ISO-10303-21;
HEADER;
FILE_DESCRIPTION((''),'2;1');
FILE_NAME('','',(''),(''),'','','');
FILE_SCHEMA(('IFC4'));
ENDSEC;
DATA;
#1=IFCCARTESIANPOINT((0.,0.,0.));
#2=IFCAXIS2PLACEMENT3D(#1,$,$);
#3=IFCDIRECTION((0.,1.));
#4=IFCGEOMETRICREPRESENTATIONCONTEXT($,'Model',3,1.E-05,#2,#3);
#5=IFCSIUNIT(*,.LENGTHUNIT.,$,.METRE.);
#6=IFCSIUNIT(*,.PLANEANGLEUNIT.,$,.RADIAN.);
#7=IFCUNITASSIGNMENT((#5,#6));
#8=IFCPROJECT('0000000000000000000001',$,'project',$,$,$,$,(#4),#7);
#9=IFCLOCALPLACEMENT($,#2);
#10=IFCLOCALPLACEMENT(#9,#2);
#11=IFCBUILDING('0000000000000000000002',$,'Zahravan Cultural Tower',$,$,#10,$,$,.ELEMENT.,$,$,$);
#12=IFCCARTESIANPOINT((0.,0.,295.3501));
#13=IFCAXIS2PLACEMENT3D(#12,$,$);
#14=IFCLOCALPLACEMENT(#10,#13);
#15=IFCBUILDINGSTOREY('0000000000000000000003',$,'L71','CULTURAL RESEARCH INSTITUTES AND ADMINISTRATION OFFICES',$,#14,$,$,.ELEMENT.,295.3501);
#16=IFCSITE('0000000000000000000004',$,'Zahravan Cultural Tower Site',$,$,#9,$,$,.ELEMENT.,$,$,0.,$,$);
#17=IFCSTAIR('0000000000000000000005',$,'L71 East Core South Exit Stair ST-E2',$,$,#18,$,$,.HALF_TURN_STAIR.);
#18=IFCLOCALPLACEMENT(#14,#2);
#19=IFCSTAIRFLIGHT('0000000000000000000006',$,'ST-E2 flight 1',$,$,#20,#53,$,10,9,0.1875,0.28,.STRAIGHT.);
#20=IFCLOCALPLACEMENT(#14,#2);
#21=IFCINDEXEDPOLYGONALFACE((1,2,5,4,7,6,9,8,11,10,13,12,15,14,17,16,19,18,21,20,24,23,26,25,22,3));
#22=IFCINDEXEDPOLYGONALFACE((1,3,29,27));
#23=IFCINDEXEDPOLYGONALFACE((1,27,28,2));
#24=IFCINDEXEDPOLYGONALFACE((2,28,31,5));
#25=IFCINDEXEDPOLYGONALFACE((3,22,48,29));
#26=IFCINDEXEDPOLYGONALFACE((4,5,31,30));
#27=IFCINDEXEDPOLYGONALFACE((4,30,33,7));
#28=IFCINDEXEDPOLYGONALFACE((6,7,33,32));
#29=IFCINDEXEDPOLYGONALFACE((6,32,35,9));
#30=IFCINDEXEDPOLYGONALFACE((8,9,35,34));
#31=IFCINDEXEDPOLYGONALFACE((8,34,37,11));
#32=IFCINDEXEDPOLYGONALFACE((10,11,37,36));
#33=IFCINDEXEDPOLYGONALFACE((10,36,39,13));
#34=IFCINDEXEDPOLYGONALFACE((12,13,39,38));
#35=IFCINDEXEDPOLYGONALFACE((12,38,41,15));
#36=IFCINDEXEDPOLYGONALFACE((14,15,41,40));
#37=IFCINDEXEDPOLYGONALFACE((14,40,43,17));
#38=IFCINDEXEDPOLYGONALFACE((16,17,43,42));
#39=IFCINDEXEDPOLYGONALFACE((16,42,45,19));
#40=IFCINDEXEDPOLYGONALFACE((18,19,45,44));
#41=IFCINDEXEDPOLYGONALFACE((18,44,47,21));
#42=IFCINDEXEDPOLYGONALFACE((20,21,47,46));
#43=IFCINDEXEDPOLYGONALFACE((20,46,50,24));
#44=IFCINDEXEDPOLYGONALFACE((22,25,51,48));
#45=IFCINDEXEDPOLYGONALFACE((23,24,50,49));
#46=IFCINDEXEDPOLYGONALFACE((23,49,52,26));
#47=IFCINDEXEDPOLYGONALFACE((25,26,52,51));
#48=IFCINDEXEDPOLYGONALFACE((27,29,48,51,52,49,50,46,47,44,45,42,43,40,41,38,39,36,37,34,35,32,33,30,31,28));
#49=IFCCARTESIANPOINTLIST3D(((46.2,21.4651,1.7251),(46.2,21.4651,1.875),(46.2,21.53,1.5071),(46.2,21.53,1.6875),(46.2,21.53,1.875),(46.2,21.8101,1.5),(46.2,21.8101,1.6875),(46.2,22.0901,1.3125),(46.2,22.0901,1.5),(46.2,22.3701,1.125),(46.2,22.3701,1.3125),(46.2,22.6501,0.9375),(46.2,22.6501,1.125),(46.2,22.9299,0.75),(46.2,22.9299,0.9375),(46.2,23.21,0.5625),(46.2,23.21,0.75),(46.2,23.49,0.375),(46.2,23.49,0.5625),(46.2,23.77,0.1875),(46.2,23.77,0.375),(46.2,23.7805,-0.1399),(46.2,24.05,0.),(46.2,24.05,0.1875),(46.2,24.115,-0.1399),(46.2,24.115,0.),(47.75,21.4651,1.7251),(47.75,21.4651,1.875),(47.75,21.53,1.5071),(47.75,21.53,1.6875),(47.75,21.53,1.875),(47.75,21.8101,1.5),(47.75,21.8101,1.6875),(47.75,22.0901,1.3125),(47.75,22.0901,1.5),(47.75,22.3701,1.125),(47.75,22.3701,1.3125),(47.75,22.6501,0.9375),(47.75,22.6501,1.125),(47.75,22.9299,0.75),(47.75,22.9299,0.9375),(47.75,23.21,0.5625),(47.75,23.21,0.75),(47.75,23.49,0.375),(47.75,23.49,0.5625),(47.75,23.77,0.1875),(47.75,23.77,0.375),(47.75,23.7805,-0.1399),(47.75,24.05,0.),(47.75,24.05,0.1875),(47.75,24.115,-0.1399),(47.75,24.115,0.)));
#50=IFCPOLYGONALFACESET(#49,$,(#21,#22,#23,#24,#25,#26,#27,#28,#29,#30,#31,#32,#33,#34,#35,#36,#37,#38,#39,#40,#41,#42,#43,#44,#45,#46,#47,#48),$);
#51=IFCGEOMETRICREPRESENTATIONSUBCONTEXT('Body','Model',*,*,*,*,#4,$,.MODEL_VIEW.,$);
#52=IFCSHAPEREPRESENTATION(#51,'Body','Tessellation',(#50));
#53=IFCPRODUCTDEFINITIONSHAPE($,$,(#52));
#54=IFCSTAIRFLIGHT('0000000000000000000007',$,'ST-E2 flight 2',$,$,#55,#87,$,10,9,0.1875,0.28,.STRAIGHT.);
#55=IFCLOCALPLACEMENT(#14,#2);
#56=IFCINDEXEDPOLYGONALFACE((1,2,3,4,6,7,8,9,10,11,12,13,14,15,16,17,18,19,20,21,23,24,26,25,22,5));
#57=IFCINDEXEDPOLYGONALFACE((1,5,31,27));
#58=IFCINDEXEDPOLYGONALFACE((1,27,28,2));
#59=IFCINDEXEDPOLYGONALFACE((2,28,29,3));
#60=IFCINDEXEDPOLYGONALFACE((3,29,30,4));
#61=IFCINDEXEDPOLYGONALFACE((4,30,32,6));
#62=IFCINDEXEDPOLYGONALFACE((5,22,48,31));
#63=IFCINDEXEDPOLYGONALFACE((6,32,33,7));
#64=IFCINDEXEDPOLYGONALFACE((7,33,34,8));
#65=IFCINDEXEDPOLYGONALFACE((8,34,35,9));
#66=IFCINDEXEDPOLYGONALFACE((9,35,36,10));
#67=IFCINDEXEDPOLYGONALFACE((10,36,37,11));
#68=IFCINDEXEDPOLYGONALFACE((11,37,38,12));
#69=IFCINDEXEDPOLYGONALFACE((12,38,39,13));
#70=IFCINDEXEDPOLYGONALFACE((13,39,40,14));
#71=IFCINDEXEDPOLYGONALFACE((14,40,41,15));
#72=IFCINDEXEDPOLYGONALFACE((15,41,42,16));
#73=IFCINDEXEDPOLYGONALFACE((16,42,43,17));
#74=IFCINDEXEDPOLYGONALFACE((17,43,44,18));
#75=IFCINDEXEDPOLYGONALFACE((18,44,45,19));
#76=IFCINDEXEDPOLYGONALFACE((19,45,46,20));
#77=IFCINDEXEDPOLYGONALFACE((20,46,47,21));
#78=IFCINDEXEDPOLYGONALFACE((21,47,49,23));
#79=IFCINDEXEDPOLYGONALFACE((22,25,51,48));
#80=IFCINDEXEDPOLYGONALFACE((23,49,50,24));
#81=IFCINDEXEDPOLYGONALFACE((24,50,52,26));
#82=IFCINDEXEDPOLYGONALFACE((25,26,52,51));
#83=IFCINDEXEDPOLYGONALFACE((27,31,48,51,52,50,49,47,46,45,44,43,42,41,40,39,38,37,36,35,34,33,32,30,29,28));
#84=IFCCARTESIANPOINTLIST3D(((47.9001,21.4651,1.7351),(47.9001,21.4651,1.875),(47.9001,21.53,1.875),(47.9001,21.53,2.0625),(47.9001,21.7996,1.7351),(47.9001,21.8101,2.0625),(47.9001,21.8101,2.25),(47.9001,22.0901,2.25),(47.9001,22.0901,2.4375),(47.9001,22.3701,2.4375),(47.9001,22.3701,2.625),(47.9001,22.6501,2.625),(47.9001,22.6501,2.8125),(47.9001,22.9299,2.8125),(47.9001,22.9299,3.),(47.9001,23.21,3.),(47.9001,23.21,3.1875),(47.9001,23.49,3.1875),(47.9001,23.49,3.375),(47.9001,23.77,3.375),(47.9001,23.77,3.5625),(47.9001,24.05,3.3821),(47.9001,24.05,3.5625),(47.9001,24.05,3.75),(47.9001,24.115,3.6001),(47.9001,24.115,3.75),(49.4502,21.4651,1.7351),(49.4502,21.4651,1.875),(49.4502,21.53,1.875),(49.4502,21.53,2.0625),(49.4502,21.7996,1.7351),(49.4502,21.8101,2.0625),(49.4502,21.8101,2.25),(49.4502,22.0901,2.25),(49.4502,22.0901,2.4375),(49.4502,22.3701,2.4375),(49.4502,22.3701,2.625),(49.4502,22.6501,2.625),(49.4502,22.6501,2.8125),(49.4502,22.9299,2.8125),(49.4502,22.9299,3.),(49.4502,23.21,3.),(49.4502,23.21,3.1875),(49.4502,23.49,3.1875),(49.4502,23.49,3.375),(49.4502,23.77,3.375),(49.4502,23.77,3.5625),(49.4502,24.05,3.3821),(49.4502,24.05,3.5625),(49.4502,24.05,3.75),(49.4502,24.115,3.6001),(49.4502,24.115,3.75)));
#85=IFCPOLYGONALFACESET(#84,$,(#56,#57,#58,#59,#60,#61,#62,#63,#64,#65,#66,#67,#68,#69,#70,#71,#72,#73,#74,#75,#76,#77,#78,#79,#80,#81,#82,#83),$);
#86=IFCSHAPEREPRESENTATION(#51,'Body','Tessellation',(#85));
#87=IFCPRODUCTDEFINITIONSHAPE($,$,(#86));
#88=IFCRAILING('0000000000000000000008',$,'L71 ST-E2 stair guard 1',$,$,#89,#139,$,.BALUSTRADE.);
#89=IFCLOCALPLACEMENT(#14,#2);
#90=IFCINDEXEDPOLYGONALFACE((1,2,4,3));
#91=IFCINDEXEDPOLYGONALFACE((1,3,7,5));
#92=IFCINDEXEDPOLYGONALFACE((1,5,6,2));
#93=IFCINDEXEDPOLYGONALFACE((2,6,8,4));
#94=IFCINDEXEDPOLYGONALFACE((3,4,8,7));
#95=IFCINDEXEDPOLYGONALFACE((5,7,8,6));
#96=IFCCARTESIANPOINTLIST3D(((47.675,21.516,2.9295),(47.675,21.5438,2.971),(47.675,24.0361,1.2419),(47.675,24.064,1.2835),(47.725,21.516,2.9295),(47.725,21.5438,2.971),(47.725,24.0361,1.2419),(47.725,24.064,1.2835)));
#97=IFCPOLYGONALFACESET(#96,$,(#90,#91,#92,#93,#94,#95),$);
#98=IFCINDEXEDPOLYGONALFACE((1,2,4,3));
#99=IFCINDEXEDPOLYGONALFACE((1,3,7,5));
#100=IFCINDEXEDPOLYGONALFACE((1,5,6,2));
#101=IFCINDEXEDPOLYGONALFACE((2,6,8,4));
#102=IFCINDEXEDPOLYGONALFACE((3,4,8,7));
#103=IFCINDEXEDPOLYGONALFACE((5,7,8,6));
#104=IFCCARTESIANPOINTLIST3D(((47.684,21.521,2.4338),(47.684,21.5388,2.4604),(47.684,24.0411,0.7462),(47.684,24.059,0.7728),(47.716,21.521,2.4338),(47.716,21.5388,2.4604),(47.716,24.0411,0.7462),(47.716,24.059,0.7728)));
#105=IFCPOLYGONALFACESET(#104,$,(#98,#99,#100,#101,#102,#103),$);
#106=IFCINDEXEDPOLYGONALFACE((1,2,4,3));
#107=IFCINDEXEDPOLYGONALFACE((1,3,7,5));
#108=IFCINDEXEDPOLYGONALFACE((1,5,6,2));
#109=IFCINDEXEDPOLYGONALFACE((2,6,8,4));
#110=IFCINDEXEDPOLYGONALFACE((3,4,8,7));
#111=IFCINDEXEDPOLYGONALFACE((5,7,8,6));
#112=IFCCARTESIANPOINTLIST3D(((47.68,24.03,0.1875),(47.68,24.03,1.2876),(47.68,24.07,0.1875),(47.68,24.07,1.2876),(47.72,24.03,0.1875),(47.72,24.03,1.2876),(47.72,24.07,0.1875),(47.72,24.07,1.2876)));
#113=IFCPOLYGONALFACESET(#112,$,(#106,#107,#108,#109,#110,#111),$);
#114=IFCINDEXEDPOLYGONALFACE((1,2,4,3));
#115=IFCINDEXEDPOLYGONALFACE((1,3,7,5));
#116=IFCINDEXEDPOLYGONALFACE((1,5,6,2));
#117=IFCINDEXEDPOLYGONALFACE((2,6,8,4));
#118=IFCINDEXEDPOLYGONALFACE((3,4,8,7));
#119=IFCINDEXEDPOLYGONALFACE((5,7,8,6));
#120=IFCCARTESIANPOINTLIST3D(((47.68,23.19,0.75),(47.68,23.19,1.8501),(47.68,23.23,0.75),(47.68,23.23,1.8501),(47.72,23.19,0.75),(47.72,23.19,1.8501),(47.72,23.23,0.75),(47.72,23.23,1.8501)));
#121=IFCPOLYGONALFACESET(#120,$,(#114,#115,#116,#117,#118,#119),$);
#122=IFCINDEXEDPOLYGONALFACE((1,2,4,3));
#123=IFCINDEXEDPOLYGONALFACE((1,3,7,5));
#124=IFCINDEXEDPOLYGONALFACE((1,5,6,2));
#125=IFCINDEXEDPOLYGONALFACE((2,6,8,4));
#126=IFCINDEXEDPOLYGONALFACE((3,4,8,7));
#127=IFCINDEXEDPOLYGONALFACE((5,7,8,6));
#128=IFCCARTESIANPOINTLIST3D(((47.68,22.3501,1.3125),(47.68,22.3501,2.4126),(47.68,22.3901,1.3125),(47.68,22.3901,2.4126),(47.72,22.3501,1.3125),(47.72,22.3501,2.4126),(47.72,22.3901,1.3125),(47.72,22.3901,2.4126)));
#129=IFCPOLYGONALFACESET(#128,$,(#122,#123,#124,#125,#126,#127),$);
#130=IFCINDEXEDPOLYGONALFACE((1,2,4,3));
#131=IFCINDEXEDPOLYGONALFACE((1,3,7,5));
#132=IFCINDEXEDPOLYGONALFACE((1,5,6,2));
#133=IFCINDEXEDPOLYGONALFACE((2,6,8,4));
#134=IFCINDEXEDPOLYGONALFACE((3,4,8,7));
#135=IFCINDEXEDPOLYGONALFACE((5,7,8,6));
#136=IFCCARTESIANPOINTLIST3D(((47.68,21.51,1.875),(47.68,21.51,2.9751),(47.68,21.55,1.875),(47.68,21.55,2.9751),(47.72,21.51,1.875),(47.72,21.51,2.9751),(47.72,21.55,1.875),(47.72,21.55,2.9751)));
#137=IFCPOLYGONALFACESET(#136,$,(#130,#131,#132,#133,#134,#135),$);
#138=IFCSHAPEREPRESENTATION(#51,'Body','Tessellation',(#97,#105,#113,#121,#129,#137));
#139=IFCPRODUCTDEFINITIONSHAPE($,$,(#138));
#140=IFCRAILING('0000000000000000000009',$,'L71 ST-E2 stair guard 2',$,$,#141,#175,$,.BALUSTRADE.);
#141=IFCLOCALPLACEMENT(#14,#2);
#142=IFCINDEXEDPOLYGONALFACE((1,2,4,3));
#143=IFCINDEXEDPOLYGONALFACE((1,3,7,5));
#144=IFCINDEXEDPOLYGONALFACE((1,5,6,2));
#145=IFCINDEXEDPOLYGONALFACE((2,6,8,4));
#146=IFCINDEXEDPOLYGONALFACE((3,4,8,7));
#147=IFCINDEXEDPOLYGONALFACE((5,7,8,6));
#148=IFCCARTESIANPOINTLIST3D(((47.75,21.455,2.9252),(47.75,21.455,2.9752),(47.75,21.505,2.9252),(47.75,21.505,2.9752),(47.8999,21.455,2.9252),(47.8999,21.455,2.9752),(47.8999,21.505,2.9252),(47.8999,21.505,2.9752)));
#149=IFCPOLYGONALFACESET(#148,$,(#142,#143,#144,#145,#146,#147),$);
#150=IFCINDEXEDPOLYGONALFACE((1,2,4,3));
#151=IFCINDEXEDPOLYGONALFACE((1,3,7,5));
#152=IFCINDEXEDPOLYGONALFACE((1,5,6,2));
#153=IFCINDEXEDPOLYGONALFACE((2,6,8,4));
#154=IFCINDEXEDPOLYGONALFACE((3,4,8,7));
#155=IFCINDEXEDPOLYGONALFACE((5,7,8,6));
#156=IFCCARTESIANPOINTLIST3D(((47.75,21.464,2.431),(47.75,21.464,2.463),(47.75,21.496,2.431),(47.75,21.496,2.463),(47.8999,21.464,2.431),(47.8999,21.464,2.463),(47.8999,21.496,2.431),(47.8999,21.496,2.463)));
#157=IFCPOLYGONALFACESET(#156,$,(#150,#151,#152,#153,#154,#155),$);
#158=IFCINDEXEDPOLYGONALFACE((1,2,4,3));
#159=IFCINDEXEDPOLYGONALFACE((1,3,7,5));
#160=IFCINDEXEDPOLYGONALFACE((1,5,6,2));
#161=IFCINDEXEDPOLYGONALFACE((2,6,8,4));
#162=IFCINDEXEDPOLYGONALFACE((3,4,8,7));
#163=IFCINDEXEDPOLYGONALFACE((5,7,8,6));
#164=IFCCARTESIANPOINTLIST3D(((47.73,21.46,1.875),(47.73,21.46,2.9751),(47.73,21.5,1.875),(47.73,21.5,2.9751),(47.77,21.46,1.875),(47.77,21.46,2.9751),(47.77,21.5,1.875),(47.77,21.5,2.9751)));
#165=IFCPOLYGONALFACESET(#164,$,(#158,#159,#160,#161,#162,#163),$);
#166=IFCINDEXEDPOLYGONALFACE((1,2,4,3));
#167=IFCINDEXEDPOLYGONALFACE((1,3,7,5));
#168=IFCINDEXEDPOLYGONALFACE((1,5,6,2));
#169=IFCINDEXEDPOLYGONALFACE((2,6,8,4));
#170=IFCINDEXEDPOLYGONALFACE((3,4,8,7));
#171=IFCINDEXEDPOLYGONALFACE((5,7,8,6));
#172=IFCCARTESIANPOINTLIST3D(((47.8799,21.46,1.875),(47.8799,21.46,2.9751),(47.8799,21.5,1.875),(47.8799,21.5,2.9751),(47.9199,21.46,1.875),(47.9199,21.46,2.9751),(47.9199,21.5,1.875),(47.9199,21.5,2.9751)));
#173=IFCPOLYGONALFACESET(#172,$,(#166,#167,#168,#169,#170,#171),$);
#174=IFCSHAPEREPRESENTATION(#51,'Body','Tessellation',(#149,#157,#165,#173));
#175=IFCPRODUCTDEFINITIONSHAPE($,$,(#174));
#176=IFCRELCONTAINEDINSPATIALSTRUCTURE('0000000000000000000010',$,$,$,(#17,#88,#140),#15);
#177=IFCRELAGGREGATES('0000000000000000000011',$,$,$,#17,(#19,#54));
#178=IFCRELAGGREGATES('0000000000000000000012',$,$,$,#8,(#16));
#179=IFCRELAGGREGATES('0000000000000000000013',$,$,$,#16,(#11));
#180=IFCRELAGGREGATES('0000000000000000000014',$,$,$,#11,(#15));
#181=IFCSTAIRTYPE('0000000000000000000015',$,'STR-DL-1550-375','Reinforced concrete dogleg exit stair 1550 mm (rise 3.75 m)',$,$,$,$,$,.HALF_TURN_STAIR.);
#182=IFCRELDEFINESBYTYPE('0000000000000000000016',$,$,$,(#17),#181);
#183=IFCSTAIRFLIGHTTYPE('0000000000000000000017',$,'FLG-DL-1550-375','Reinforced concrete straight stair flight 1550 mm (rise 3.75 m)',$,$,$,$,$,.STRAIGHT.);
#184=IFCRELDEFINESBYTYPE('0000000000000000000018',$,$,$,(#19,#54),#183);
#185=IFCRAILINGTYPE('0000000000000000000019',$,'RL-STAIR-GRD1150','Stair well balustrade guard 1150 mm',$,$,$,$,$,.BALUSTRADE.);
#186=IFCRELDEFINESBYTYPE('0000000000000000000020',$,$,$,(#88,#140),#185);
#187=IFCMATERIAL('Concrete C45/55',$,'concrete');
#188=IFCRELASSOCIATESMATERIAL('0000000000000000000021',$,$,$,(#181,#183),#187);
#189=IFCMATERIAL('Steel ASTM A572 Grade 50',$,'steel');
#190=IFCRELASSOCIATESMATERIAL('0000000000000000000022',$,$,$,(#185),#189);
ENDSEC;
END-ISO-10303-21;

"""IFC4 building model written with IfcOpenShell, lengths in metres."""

from ifc_helpers import new_model, si_unit, direction, frame, origin, origin_2d, place, context, subcontext, project, spatial, polyline, rectangle, outline, extrude, material, type_object, element, aggregate, save


model = new_model("IFC4")

# Units and contexts
model_context = context("Model", 3, precision=1e-05, world=origin(), true_north=direction((0.0, 1.0)))
body_context = subcontext(model_context, "Body", "Model", "MODEL_VIEW")
ifc_project = project(units=[si_unit("LENGTHUNIT", "METRE"), si_unit("PLANEANGLEUNIT", "RADIAN")], contexts=[model_context])

# Site, building, storey
site_placement = place(None, origin())
site = spatial("IfcSite", under=ifc_project, at=site_placement, Name="Zahravan Cultural Tower Site", CompositionType="ELEMENT", RefElevation=0.0)
building_placement = place(site_placement, origin())
building = spatial("IfcBuilding", under=site, at=building_placement, Name="Zahravan Cultural Tower", CompositionType="ELEMENT")
storey_placement = place(building_placement, frame((0.0, 0.0, 295.3501)))
storey = spatial("IfcBuildingStorey", under=building, at=storey_placement, Name="L71", Description="CULTURAL RESEARCH INSTITUTES AND ADMINISTRATION OFFICES", CompositionType="ELEMENT", Elevation=295.3501)

# Shared definitions
ifc_material_1 = material(Name="Steel ASTM A572 Grade 50", Category="steel")

# Shared definitions
ifc_material_2 = material(Name="Concrete C45/55", Category="concrete")

# Stair, stair flights
stair_type = type_object("IfcStairType", Name="STR-DL-1550-375", Description="Reinforced concrete dogleg exit stair 1550 mm (rise 3.75 m)", PredefinedType="HALF_TURN_STAIR", material=ifc_material_2)
stair_placement = place(storey_placement, origin())
stair = element("IfcStair", 1, at=stair_placement, inside=storey, type_object=stair_type, Name="L71 East Core South Exit Stair ST-E2", PredefinedType="HALF_TURN_STAIR")
stair_flight_type = type_object("IfcStairFlightType", Name="FLG-DL-1550-375", Description="Reinforced concrete straight stair flight 1550 mm (rise 3.75 m)", PredefinedType="STRAIGHT", material=ifc_material_2)
stair_flight_1_placement = place(storey_placement, frame((46.9751, 24.05, 0.0), z_axis=(0.0, 0.0, 1.0), x_axis=(0.0, -1.0, 0.0)))
stair_flight_1 = element("IfcStairFlight", 2, at=stair_flight_1_placement, type_object=stair_flight_type, Name="ST-E2 flight 1", NumberOfRisers=10, NumberOfTreads=9, PredefinedType="STRAIGHT", RiserHeight=0.1875, TreadLength=0.28, context=body_context, shape_type="SweptSolid", body=[
    extrude(outline(polyline([(-0.0649, -0.1399), (-0.0649, 0.0), (0.0, 0.0), (0.0, 0.1875), (0.28, 0.1875), (0.28, 0.375), (0.5601, 0.375), (0.5601, 0.5625), (0.8401, 0.5625), (0.8401, 0.75), (1.1201, 0.75), (1.1201, 0.9375), (1.3999, 0.9375), (1.3999, 1.125), (1.6799, 1.125), (1.6799, 1.3125), (1.96, 1.3125), (1.96, 1.5), (2.24, 1.5), (2.24, 1.6875), (2.52, 1.6875), (2.52, 1.875), (2.585, 1.875), (2.585, 1.7251), (2.52, 1.5071), (0.2695, -0.1399), (-0.0649, -0.1399)])), frame((0.0, 0.7749, 0.0), z_axis=(0.0, -1.0, 0.0), x_axis=(1.0, 0.0, 0.0)), (0.0, 0.0, 1.0), 1.55),
])
stair_flight_2_placement = place(storey_placement, frame((48.675, 21.53, 1.875), z_axis=(0.0, 0.0, 1.0), x_axis=(0.0, 1.0, 0.0)))
stair_flight_2 = element("IfcStairFlight", 3, at=stair_flight_2_placement, type_object=stair_flight_type, Name="ST-E2 flight 2", NumberOfRisers=10, NumberOfTreads=9, PredefinedType="STRAIGHT", RiserHeight=0.1875, TreadLength=0.28, context=body_context, shape_type="SweptSolid", body=[
    extrude(outline(polyline([(-0.0649, -0.1399), (-0.0649, 0.0), (0.0, 0.0), (0.0, 0.1875), (0.28, 0.1875), (0.28, 0.375), (0.5601, 0.375), (0.5601, 0.5625), (0.8401, 0.5625), (0.8401, 0.75), (1.1201, 0.75), (1.1201, 0.9375), (1.3999, 0.9375), (1.3999, 1.125), (1.6799, 1.125), (1.6799, 1.3125), (1.96, 1.3125), (1.96, 1.5), (2.24, 1.5), (2.24, 1.6875), (2.52, 1.6875), (2.52, 1.875), (2.585, 1.875), (2.585, 1.7251), (2.52, 1.5071), (0.2695, -0.1399), (-0.0649, -0.1399)])), frame((0.0, 0.7749, 0.0), z_axis=(0.0, -1.0, 0.0), x_axis=(1.0, 0.0, 0.0)), (0.0, 0.0, 1.0), 1.55),
])
aggregate(stair, [stair_flight_1, stair_flight_2])

# Railings
railing_type_1 = type_object("IfcRailingType", Name="RL-STAIR-GRD1150", Description="Stair well balustrade guard 1150 mm", PredefinedType="BALUSTRADE", material=ifc_material_1)
railing_1_placement = place(storey_placement, frame((47.7, 24.05, 0.1875)))
element("IfcRailing", 4, at=railing_1_placement, inside=storey, type_object=railing_type_1, Name="L71 ST-E2 stair guard 1", PredefinedType="BALUSTRADE", context=body_context, shape_type="SweptSolid", body=[
    extrude(rectangle(XDim=0.05, YDim=0.05, at=origin_2d()), frame((0.0, 0.0, 1.0752), z_axis=(0.0, -0.830909, 0.556408), x_axis=(1.0, 0.0, 0.0)), (0.0, 0.0, 1.0), 3.033),
    extrude(rectangle(XDim=0.032, YDim=0.032, at=origin_2d()), frame((0.0, 0.0, 0.572), z_axis=(0.0, -0.830909, 0.556408), x_axis=(1.0, 0.0, 0.0)), (0.0, 0.0, 1.0), 3.033),
    extrude(rectangle(XDim=0.04, YDim=0.04, at=origin_2d()), origin(), (0.0, 0.0, 1.0), 1.1001),
    extrude(rectangle(XDim=0.04, YDim=0.04, at=origin_2d()), frame((0.0, -0.8401, 0.5625)), (0.0, 0.0, 1.0), 1.1001),
    extrude(rectangle(XDim=0.04, YDim=0.04, at=origin_2d()), frame((0.0, -1.6799, 1.125)), (0.0, 0.0, 1.0), 1.1001),
    extrude(rectangle(XDim=0.04, YDim=0.04, at=origin_2d()), frame((0.0, -2.52, 1.6875)), (0.0, 0.0, 1.0), 1.1001),
])
railing_2_placement = place(storey_placement, frame((47.75, 21.48, 1.875)))
element("IfcRailing", 5, at=railing_2_placement, inside=storey, type_object=railing_type_1, Name="L71 ST-E2 stair guard 2", PredefinedType="BALUSTRADE", context=body_context, shape_type="SweptSolid", body=[
    extrude(rectangle(XDim=0.05, YDim=0.05, at=origin_2d()), frame((0.0, 0.0, 1.0752), z_axis=(1.0, 0.0, 0.0), x_axis=(0.0, 1.0, 0.0)), (0.0, 0.0, 1.0), 0.1499),
    extrude(rectangle(XDim=0.032, YDim=0.032, at=origin_2d()), frame((0.0, 0.0, 0.572), z_axis=(1.0, 0.0, 0.0), x_axis=(0.0, 1.0, 0.0)), (0.0, 0.0, 1.0), 0.1499),
    extrude(rectangle(XDim=0.04, YDim=0.04, at=origin_2d()), origin(), (0.0, 0.0, 1.0), 1.1001),
    extrude(rectangle(XDim=0.04, YDim=0.04, at=origin_2d()), frame((0.1499, 0.0, 0.0)), (0.0, 0.0, 1.0), 1.1001),
])

save(model, "model.ifc")
